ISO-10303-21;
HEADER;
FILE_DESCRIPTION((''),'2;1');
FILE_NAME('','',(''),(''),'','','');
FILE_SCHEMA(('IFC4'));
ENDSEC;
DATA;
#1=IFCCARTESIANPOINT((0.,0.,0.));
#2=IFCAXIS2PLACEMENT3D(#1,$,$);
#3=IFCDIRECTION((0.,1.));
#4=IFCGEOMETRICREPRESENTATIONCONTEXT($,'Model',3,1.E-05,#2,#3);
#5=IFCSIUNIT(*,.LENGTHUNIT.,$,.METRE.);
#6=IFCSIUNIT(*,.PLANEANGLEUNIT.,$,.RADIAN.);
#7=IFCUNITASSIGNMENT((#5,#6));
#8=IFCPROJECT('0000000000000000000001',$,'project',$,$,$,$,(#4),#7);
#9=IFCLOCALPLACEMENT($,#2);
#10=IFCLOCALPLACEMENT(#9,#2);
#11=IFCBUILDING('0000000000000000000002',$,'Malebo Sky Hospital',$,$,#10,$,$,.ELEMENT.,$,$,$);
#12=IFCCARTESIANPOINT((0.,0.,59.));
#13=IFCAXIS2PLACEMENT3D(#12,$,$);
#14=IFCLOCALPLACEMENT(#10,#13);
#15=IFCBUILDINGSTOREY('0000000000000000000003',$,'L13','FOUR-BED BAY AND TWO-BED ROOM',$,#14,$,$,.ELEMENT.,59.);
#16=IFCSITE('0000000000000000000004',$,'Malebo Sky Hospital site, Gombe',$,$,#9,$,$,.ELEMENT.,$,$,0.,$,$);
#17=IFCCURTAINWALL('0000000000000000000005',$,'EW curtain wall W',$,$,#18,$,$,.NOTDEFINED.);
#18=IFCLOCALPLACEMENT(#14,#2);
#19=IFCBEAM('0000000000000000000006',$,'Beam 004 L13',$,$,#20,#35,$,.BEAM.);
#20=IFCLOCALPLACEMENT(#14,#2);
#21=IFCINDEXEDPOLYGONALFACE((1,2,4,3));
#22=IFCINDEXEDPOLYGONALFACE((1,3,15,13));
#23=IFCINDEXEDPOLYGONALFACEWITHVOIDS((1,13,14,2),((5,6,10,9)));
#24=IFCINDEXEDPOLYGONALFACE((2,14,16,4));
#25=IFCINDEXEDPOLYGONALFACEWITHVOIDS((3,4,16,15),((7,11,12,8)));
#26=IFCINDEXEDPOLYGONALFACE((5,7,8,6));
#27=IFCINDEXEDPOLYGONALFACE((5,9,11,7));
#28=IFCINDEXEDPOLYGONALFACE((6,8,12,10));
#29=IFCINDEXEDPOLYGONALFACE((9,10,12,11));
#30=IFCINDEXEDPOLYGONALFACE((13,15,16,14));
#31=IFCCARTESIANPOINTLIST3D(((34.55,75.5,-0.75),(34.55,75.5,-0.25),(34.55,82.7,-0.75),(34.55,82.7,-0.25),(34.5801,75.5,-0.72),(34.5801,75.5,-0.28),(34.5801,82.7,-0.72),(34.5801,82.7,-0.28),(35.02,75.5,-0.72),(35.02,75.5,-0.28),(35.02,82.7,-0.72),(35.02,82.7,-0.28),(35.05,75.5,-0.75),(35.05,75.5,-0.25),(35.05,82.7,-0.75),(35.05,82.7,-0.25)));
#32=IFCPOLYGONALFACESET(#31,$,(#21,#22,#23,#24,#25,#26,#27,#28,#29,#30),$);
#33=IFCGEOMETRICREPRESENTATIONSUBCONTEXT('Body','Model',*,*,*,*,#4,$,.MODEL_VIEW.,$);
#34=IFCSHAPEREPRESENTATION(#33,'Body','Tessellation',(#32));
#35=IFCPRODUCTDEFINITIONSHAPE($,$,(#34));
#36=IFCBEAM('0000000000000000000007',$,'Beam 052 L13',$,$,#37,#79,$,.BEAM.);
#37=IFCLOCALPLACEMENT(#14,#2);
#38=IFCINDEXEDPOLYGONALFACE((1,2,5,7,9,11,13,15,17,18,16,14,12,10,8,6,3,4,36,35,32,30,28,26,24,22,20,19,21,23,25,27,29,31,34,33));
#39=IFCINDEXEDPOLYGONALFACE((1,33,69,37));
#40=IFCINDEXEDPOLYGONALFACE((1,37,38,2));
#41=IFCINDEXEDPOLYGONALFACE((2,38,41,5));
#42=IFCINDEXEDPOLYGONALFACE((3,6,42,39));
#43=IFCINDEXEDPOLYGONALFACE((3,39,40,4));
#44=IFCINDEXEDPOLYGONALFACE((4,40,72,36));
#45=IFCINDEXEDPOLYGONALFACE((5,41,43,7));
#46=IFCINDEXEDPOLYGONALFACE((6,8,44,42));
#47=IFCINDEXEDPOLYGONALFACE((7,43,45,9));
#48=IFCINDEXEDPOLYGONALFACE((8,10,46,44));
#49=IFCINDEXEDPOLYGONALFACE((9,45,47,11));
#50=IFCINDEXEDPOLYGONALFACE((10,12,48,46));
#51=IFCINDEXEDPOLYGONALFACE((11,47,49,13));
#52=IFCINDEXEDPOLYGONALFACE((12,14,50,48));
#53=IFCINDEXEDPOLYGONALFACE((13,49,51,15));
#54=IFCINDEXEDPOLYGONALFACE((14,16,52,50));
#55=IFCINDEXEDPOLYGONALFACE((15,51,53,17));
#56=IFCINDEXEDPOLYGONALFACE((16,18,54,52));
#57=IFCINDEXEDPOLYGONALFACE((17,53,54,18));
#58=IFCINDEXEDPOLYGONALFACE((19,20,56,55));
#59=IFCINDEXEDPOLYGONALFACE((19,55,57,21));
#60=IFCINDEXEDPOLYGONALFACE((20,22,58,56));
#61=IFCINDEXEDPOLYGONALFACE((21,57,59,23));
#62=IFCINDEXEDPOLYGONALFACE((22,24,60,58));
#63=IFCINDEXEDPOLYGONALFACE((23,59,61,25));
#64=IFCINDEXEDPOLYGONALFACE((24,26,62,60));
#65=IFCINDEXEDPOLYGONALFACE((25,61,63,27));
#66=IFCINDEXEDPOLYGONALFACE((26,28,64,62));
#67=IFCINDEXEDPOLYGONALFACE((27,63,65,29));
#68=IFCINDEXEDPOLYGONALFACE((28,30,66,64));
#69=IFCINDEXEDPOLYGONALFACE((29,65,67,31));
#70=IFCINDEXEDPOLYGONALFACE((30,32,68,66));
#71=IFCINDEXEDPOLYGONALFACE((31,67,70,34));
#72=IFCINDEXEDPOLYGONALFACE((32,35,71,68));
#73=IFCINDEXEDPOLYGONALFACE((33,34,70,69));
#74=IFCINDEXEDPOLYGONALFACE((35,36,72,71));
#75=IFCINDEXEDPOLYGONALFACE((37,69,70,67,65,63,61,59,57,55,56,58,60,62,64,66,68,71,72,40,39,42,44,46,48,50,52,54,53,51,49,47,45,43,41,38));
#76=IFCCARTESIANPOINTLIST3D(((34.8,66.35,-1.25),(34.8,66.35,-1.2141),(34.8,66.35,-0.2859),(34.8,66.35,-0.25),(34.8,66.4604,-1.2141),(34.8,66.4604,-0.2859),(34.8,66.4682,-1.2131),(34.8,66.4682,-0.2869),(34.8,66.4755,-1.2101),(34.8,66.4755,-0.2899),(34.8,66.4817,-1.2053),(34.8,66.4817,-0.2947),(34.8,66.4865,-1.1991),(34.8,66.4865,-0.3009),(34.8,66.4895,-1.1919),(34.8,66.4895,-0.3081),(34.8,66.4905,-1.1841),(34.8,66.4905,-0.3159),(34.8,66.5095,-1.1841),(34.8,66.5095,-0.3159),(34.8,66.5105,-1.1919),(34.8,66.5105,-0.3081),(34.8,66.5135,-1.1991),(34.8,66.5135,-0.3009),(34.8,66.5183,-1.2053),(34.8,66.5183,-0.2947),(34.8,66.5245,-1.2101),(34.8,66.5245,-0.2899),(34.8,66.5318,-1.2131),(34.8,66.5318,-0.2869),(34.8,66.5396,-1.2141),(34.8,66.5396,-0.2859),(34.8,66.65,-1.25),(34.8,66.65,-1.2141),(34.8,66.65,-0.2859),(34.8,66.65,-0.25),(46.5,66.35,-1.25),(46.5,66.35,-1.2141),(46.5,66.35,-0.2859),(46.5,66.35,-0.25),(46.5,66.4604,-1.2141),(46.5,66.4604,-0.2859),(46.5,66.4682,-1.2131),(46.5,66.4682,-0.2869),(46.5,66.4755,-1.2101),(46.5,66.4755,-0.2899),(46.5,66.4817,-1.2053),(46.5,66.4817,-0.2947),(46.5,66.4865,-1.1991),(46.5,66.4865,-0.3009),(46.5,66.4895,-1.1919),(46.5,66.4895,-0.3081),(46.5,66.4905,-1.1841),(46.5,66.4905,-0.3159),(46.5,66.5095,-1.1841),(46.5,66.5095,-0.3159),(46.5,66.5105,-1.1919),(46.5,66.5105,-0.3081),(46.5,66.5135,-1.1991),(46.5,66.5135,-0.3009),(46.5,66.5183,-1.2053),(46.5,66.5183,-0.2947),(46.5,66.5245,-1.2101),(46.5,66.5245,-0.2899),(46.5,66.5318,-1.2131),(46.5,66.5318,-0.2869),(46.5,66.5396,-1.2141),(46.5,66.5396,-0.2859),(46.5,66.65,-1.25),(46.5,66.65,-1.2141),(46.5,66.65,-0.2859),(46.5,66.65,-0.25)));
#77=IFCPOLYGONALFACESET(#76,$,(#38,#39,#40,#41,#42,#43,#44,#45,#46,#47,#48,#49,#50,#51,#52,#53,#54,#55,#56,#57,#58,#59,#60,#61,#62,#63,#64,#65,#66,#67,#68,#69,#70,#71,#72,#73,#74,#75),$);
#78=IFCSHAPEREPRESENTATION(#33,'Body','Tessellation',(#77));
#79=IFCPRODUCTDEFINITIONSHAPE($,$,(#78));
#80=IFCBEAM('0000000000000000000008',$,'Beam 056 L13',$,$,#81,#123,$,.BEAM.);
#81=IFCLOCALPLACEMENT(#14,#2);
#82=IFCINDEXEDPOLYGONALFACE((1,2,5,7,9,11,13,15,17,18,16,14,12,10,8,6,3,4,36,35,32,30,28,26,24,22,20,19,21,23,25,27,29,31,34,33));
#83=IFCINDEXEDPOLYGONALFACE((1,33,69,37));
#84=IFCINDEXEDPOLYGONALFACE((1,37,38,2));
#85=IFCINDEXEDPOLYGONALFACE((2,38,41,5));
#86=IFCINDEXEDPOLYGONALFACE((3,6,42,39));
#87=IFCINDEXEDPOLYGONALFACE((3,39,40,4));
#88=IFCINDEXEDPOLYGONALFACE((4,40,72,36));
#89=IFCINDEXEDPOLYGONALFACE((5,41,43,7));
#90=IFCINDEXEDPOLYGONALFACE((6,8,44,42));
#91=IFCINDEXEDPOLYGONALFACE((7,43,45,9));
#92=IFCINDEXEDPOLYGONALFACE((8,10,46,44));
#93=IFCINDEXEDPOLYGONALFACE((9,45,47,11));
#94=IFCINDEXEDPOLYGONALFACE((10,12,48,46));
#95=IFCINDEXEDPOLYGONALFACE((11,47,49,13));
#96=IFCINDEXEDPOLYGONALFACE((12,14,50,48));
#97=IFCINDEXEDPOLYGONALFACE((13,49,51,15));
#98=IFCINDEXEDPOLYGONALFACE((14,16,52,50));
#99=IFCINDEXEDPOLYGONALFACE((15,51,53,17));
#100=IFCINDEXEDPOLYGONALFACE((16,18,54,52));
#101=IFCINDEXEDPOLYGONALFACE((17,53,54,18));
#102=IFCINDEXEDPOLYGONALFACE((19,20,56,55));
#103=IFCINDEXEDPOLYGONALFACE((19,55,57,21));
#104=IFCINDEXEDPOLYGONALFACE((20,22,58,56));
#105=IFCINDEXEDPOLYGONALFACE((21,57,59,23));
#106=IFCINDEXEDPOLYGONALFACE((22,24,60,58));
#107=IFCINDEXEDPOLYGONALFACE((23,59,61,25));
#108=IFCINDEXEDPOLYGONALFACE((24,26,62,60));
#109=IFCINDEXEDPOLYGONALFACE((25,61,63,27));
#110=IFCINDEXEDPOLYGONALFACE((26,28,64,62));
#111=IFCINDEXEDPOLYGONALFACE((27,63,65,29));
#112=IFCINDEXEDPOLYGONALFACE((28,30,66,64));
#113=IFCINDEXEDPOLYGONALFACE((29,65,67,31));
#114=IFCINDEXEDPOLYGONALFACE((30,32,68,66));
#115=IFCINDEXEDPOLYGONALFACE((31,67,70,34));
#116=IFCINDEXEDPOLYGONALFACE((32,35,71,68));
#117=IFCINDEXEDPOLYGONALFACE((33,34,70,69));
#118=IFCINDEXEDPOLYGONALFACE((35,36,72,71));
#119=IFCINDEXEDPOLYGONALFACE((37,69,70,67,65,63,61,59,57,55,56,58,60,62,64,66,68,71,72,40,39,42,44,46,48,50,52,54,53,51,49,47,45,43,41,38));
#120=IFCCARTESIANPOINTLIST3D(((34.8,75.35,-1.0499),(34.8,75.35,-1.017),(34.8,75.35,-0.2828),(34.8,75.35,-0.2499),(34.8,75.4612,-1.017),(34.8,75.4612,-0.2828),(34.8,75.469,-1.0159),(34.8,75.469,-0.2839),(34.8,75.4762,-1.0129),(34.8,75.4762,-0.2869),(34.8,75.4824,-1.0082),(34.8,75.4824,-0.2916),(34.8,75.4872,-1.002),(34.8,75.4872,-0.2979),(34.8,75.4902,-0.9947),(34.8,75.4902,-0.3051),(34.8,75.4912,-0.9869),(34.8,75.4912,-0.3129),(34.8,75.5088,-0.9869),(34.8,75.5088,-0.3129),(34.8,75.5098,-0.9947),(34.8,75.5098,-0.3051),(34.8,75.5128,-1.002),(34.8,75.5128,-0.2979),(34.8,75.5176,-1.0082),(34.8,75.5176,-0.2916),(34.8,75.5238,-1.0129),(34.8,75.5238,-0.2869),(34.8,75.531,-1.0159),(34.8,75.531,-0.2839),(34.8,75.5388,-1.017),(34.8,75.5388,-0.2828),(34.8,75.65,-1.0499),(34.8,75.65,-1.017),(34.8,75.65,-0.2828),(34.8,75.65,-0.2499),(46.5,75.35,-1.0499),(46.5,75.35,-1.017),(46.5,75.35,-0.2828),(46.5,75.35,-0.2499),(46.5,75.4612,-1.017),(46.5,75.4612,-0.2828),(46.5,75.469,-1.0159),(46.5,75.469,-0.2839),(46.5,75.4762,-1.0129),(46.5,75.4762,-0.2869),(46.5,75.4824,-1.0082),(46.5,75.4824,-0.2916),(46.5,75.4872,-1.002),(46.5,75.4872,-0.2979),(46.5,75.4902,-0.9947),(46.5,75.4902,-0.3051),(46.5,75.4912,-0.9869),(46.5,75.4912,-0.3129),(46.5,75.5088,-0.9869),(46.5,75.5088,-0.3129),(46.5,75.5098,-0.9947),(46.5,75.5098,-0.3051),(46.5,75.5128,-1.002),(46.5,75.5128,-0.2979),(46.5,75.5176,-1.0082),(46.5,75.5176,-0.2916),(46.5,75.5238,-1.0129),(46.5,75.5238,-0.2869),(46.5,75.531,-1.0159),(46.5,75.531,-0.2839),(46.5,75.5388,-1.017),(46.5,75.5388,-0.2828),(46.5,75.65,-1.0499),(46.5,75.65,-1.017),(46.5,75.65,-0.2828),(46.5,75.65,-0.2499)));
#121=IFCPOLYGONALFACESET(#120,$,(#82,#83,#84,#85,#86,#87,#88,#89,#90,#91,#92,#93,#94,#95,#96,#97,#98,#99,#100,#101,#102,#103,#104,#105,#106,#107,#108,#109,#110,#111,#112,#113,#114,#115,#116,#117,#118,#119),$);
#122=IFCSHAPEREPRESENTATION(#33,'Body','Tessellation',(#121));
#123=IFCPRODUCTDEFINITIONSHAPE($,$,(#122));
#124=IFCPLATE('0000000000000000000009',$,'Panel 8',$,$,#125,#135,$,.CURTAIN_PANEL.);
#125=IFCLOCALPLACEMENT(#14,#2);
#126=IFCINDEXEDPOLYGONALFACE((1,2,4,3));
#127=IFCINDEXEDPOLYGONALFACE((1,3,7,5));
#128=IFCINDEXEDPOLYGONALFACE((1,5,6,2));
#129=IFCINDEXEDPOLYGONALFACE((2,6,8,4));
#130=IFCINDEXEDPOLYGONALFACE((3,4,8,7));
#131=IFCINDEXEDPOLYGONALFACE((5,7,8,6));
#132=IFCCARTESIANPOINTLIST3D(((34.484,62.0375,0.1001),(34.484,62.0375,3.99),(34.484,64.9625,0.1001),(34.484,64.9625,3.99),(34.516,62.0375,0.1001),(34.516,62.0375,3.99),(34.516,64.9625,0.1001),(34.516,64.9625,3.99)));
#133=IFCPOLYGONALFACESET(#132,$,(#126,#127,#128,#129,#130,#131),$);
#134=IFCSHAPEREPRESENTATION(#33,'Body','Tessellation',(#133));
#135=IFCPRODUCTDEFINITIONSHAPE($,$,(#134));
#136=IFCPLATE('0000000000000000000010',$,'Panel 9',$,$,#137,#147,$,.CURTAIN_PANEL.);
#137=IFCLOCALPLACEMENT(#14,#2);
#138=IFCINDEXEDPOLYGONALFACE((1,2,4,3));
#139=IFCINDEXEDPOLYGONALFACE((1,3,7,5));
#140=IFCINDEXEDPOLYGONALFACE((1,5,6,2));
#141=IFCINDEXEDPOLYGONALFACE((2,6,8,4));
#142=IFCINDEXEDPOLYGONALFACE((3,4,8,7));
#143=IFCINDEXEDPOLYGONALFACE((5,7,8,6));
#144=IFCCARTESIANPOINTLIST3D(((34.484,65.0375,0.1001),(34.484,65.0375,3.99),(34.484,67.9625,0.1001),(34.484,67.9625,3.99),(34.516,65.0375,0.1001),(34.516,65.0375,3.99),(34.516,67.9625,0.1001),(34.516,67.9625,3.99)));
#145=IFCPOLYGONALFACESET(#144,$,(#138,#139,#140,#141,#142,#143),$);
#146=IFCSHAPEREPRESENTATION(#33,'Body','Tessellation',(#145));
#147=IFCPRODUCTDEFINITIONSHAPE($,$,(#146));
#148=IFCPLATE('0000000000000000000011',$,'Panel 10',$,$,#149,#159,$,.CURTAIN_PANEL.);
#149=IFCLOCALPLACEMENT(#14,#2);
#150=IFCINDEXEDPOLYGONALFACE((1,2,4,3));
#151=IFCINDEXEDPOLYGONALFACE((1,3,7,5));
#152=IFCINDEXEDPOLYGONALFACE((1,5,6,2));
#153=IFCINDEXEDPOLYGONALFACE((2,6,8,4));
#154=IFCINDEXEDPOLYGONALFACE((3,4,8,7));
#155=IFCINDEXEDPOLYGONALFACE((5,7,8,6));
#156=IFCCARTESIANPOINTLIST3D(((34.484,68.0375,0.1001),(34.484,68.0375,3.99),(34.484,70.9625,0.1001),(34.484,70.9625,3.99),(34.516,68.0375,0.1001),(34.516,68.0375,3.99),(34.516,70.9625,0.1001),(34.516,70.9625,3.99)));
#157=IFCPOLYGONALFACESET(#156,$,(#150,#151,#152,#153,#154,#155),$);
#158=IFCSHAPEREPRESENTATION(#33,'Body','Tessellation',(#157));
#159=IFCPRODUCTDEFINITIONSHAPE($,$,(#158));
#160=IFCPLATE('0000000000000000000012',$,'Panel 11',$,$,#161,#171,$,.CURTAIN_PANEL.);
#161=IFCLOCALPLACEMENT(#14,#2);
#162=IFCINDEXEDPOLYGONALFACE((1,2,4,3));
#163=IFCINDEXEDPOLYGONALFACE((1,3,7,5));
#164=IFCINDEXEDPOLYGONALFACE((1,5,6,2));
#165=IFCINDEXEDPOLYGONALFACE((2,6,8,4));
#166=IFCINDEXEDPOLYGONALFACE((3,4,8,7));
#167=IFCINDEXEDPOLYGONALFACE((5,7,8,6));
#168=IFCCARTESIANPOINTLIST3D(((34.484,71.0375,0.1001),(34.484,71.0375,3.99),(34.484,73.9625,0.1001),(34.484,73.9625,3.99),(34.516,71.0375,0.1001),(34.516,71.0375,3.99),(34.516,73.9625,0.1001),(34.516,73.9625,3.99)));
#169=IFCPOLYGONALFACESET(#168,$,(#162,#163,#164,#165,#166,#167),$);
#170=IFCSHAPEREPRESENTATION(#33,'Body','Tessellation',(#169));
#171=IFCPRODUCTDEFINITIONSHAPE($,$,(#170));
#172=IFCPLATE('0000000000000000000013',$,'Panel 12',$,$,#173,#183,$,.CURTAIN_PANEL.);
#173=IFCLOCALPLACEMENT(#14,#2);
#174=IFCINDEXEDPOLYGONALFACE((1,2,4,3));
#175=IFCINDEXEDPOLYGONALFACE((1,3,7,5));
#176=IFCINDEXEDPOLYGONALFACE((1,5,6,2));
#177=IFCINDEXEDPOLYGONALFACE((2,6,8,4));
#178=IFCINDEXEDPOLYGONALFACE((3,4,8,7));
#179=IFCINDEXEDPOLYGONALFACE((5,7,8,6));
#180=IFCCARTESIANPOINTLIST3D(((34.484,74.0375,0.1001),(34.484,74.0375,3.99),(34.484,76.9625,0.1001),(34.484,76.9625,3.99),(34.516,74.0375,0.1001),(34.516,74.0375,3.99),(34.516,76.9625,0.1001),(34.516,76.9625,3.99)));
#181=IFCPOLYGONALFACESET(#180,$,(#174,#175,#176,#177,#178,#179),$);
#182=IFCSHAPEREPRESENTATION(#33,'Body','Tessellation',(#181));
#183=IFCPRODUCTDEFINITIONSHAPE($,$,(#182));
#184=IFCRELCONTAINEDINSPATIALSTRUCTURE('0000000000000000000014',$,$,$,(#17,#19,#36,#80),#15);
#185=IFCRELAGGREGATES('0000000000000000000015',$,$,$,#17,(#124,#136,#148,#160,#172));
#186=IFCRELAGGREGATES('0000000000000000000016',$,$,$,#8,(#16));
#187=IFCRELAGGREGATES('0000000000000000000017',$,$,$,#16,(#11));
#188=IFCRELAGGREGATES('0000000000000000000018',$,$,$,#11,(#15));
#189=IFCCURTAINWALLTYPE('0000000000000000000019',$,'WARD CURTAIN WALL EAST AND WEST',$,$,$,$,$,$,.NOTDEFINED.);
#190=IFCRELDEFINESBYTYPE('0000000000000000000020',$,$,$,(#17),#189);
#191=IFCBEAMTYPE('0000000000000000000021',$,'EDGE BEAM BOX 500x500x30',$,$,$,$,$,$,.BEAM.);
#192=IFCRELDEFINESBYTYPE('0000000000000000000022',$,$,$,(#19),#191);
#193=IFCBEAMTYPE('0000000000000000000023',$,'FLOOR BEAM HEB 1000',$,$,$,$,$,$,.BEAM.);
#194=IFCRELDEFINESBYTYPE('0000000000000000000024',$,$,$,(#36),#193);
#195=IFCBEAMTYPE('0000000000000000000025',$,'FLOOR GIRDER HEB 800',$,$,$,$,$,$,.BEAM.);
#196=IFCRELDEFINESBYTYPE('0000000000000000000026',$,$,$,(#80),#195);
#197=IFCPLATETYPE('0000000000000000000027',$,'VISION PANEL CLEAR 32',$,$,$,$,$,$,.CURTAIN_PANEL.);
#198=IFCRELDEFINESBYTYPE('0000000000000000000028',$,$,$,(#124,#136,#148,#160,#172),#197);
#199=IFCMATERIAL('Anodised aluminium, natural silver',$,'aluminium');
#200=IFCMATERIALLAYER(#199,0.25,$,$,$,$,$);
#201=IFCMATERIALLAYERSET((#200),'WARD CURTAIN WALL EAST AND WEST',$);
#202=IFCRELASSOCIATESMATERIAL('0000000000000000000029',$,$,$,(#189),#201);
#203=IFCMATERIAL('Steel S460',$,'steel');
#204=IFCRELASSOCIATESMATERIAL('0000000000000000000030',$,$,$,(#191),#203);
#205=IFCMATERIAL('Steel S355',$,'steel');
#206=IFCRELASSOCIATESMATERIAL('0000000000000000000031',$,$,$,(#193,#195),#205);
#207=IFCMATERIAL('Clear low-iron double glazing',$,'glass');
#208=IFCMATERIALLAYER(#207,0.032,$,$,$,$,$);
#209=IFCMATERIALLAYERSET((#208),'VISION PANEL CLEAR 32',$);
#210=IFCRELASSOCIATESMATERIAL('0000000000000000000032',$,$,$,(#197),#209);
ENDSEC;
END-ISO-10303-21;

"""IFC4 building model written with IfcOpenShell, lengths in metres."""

from ifc_helpers import new_model, si_unit, direction, frame, origin, origin_2d, place, context, subcontext, project, spatial, rectangle, hollow_rectangle, i_section, extrude, material, layer, layer_set, material_profile, profile_set, type_object, element, aggregate, save


model = new_model("IFC4")

# Units and contexts
model_context = context("Model", 3, precision=1e-05, world=origin(), true_north=direction((0.0, 1.0)))
body_context = subcontext(model_context, "Body", "Model", "MODEL_VIEW")
ifc_project = project(units=[si_unit("LENGTHUNIT", "METRE"), si_unit("PLANEANGLEUNIT", "RADIAN")], contexts=[model_context])

# Site, building, storey
site_placement = place(None, origin())
site = spatial("IfcSite", under=ifc_project, at=site_placement, Name="Malebo Sky Hospital site, Gombe", CompositionType="ELEMENT", RefElevation=0.0)
building_placement = place(site_placement, origin())
building = spatial("IfcBuilding", under=site, at=building_placement, Name="Malebo Sky Hospital", CompositionType="ELEMENT")
storey_placement = place(building_placement, frame((0.0, 0.0, 59.0)))
storey = spatial("IfcBuildingStorey", under=building, at=storey_placement, Name="L13", Description="FOUR-BED BAY AND TWO-BED ROOM", CompositionType="ELEMENT", Elevation=59.0)

# Shared definitions
ifc_material_1 = material(Name="Steel S460", Category="steel")

# Curtain wall
ifc_material_2 = material(Name="Anodised aluminium, natural silver", Category="aluminium")
ifc_layer_1 = layer(ifc_material_2, 0.25)
ifc_layer_set_1 = layer_set([ifc_layer_1], Name="WARD CURTAIN WALL EAST AND WEST")
curtain_wall_type = type_object("IfcCurtainWallType", Name="WARD CURTAIN WALL EAST AND WEST", PredefinedType="NOTDEFINED", material=ifc_layer_set_1)
curtain_wall_placement = place(storey_placement, origin())
curtain_wall = element("IfcCurtainWall", 1, at=curtain_wall_placement, inside=storey, type_object=curtain_wall_type, Name="EW curtain wall W", PredefinedType="NOTDEFINED")

# Beams
ifc_material_profile_1 = material_profile(ifc_material_1, hollow_rectangle(XDim=0.5, YDim=0.5, WallThickness=0.03, at=origin_2d()), Name="BOX 500x500x30")
ifc_profile_set_1 = profile_set([ifc_material_profile_1], Name="Steel S460")
beam_type_1 = type_object("IfcBeamType", Name="EDGE BEAM BOX 500x500x30", PredefinedType="BEAM", material=ifc_profile_set_1)
beam_1_placement = place(storey_placement, frame((34.8, 75.5, -0.5), z_axis=(0.0, 1.0, 0.0), x_axis=(-1.0, 0.0, 0.0)))
element("IfcBeam", 2, at=beam_1_placement, inside=storey, type_object=beam_type_1, Name="Beam 004 L13", PredefinedType="BEAM", context=body_context, shape_type="SweptSolid", body=[
    extrude(hollow_rectangle(XDim=0.5, YDim=0.5, WallThickness=0.03, at=origin_2d()), origin(), (0.0, 0.0, 1.0), 7.2),
])
ifc_material_3 = material(Name="Steel S355", Category="steel")
ifc_material_profile_2 = material_profile(ifc_material_3, i_section(OverallWidth=0.3, OverallDepth=1.0, WebThickness=0.019, FlangeThickness=0.0359, FilletRadius=0.03, at=origin_2d()), Name="HEB 1000")
ifc_profile_set_2 = profile_set([ifc_material_profile_2], Name="Steel S355")
beam_type_2 = type_object("IfcBeamType", Name="FLOOR BEAM HEB 1000", PredefinedType="BEAM", material=ifc_profile_set_2)
beam_2_placement = place(storey_placement, frame((34.8, 66.5, -0.75), z_axis=(1.0, 0.0, 0.0), x_axis=(0.0, 1.0, 0.0)))
element("IfcBeam", 3, at=beam_2_placement, inside=storey, type_object=beam_type_2, Name="Beam 052 L13", PredefinedType="BEAM", context=body_context, shape_type="SweptSolid", body=[
    extrude(i_section(OverallWidth=0.3, OverallDepth=1.0, WebThickness=0.019, FlangeThickness=0.0359, FilletRadius=0.03, at=origin_2d()), origin(), (0.0, 0.0, 1.0), 11.7),
])
ifc_material_profile_3 = material_profile(ifc_material_3, i_section(OverallWidth=0.3, OverallDepth=0.8, WebThickness=0.0176, FlangeThickness=0.033, FilletRadius=0.03, at=origin_2d()), Name="HEB 800")
ifc_profile_set_3 = profile_set([ifc_material_profile_3], Name="Steel S355")
beam_type_3 = type_object("IfcBeamType", Name="FLOOR GIRDER HEB 800", PredefinedType="BEAM", material=ifc_profile_set_3)
beam_3_placement = place(storey_placement, frame((34.8, 75.5, -0.6499), z_axis=(1.0, 0.0, 0.0), x_axis=(0.0, 1.0, 0.0)))
element("IfcBeam", 4, at=beam_3_placement, inside=storey, type_object=beam_type_3, Name="Beam 056 L13", PredefinedType="BEAM", context=body_context, shape_type="SweptSolid", body=[
    extrude(i_section(OverallWidth=0.3, OverallDepth=0.8, WebThickness=0.0176, FlangeThickness=0.033, FilletRadius=0.03, at=origin_2d()), origin(), (0.0, 0.0, 1.0), 11.7),
])

# Plates
ifc_material_4 = material(Name="Clear low-iron double glazing", Category="glass")
ifc_layer_2 = layer(ifc_material_4, 0.032)
ifc_layer_set_2 = layer_set([ifc_layer_2], Name="VISION PANEL CLEAR 32")
plate_type = type_object("IfcPlateType", Name="VISION PANEL CLEAR 32", PredefinedType="CURTAIN_PANEL", material=ifc_layer_set_2)
plate_1_placement = place(storey_placement, frame((34.5, 63.5, 0.1001), z_axis=(0.0, 0.0, 1.0), x_axis=(0.0, 1.0, 0.0)))
plate_1 = element("IfcPlate", 5, at=plate_1_placement, type_object=plate_type, Name="Panel 8", PredefinedType="CURTAIN_PANEL", context=body_context, shape_type="SweptSolid", body=[
    extrude(rectangle(XDim=2.925, YDim=0.032, at=origin_2d()), origin(), (0.0, 0.0, 1.0), 3.8899),
])
plate_2_placement = place(storey_placement, frame((34.5, 66.5, 0.1001), z_axis=(0.0, 0.0, 1.0), x_axis=(0.0, 1.0, 0.0)))
plate_2 = element("IfcPlate", 6, at=plate_2_placement, type_object=plate_type, Name="Panel 9", PredefinedType="CURTAIN_PANEL", context=body_context, shape_type="SweptSolid", body=[
    extrude(rectangle(XDim=2.925, YDim=0.032, at=origin_2d()), origin(), (0.0, 0.0, 1.0), 3.8899),
])
plate_3_placement = place(storey_placement, frame((34.5, 69.5, 0.1001), z_axis=(0.0, 0.0, 1.0), x_axis=(0.0, 1.0, 0.0)))
plate_3 = element("IfcPlate", 7, at=plate_3_placement, type_object=plate_type, Name="Panel 10", PredefinedType="CURTAIN_PANEL", context=body_context, shape_type="SweptSolid", body=[
    extrude(rectangle(XDim=2.925, YDim=0.032, at=origin_2d()), origin(), (0.0, 0.0, 1.0), 3.8899),
])
plate_4_placement = place(storey_placement, frame((34.5, 72.5, 0.1001), z_axis=(0.0, 0.0, 1.0), x_axis=(0.0, 1.0, 0.0)))
plate_4 = element("IfcPlate", 8, at=plate_4_placement, type_object=plate_type, Name="Panel 11", PredefinedType="CURTAIN_PANEL", context=body_context, shape_type="SweptSolid", body=[
    extrude(rectangle(XDim=2.925, YDim=0.032, at=origin_2d()), origin(), (0.0, 0.0, 1.0), 3.8899),
])
plate_5_placement = place(storey_placement, frame((34.5, 75.5, 0.1001), z_axis=(0.0, 0.0, 1.0), x_axis=(0.0, 1.0, 0.0)))
plate_5 = element("IfcPlate", 9, at=plate_5_placement, type_object=plate_type, Name="Panel 12", PredefinedType="CURTAIN_PANEL", context=body_context, shape_type="SweptSolid", body=[
    extrude(rectangle(XDim=2.925, YDim=0.032, at=origin_2d()), origin(), (0.0, 0.0, 1.0), 3.8899),
])
aggregate(curtain_wall, [plate_1, plate_2, plate_3, plate_4, plate_5])

save(model, "model.ifc")
